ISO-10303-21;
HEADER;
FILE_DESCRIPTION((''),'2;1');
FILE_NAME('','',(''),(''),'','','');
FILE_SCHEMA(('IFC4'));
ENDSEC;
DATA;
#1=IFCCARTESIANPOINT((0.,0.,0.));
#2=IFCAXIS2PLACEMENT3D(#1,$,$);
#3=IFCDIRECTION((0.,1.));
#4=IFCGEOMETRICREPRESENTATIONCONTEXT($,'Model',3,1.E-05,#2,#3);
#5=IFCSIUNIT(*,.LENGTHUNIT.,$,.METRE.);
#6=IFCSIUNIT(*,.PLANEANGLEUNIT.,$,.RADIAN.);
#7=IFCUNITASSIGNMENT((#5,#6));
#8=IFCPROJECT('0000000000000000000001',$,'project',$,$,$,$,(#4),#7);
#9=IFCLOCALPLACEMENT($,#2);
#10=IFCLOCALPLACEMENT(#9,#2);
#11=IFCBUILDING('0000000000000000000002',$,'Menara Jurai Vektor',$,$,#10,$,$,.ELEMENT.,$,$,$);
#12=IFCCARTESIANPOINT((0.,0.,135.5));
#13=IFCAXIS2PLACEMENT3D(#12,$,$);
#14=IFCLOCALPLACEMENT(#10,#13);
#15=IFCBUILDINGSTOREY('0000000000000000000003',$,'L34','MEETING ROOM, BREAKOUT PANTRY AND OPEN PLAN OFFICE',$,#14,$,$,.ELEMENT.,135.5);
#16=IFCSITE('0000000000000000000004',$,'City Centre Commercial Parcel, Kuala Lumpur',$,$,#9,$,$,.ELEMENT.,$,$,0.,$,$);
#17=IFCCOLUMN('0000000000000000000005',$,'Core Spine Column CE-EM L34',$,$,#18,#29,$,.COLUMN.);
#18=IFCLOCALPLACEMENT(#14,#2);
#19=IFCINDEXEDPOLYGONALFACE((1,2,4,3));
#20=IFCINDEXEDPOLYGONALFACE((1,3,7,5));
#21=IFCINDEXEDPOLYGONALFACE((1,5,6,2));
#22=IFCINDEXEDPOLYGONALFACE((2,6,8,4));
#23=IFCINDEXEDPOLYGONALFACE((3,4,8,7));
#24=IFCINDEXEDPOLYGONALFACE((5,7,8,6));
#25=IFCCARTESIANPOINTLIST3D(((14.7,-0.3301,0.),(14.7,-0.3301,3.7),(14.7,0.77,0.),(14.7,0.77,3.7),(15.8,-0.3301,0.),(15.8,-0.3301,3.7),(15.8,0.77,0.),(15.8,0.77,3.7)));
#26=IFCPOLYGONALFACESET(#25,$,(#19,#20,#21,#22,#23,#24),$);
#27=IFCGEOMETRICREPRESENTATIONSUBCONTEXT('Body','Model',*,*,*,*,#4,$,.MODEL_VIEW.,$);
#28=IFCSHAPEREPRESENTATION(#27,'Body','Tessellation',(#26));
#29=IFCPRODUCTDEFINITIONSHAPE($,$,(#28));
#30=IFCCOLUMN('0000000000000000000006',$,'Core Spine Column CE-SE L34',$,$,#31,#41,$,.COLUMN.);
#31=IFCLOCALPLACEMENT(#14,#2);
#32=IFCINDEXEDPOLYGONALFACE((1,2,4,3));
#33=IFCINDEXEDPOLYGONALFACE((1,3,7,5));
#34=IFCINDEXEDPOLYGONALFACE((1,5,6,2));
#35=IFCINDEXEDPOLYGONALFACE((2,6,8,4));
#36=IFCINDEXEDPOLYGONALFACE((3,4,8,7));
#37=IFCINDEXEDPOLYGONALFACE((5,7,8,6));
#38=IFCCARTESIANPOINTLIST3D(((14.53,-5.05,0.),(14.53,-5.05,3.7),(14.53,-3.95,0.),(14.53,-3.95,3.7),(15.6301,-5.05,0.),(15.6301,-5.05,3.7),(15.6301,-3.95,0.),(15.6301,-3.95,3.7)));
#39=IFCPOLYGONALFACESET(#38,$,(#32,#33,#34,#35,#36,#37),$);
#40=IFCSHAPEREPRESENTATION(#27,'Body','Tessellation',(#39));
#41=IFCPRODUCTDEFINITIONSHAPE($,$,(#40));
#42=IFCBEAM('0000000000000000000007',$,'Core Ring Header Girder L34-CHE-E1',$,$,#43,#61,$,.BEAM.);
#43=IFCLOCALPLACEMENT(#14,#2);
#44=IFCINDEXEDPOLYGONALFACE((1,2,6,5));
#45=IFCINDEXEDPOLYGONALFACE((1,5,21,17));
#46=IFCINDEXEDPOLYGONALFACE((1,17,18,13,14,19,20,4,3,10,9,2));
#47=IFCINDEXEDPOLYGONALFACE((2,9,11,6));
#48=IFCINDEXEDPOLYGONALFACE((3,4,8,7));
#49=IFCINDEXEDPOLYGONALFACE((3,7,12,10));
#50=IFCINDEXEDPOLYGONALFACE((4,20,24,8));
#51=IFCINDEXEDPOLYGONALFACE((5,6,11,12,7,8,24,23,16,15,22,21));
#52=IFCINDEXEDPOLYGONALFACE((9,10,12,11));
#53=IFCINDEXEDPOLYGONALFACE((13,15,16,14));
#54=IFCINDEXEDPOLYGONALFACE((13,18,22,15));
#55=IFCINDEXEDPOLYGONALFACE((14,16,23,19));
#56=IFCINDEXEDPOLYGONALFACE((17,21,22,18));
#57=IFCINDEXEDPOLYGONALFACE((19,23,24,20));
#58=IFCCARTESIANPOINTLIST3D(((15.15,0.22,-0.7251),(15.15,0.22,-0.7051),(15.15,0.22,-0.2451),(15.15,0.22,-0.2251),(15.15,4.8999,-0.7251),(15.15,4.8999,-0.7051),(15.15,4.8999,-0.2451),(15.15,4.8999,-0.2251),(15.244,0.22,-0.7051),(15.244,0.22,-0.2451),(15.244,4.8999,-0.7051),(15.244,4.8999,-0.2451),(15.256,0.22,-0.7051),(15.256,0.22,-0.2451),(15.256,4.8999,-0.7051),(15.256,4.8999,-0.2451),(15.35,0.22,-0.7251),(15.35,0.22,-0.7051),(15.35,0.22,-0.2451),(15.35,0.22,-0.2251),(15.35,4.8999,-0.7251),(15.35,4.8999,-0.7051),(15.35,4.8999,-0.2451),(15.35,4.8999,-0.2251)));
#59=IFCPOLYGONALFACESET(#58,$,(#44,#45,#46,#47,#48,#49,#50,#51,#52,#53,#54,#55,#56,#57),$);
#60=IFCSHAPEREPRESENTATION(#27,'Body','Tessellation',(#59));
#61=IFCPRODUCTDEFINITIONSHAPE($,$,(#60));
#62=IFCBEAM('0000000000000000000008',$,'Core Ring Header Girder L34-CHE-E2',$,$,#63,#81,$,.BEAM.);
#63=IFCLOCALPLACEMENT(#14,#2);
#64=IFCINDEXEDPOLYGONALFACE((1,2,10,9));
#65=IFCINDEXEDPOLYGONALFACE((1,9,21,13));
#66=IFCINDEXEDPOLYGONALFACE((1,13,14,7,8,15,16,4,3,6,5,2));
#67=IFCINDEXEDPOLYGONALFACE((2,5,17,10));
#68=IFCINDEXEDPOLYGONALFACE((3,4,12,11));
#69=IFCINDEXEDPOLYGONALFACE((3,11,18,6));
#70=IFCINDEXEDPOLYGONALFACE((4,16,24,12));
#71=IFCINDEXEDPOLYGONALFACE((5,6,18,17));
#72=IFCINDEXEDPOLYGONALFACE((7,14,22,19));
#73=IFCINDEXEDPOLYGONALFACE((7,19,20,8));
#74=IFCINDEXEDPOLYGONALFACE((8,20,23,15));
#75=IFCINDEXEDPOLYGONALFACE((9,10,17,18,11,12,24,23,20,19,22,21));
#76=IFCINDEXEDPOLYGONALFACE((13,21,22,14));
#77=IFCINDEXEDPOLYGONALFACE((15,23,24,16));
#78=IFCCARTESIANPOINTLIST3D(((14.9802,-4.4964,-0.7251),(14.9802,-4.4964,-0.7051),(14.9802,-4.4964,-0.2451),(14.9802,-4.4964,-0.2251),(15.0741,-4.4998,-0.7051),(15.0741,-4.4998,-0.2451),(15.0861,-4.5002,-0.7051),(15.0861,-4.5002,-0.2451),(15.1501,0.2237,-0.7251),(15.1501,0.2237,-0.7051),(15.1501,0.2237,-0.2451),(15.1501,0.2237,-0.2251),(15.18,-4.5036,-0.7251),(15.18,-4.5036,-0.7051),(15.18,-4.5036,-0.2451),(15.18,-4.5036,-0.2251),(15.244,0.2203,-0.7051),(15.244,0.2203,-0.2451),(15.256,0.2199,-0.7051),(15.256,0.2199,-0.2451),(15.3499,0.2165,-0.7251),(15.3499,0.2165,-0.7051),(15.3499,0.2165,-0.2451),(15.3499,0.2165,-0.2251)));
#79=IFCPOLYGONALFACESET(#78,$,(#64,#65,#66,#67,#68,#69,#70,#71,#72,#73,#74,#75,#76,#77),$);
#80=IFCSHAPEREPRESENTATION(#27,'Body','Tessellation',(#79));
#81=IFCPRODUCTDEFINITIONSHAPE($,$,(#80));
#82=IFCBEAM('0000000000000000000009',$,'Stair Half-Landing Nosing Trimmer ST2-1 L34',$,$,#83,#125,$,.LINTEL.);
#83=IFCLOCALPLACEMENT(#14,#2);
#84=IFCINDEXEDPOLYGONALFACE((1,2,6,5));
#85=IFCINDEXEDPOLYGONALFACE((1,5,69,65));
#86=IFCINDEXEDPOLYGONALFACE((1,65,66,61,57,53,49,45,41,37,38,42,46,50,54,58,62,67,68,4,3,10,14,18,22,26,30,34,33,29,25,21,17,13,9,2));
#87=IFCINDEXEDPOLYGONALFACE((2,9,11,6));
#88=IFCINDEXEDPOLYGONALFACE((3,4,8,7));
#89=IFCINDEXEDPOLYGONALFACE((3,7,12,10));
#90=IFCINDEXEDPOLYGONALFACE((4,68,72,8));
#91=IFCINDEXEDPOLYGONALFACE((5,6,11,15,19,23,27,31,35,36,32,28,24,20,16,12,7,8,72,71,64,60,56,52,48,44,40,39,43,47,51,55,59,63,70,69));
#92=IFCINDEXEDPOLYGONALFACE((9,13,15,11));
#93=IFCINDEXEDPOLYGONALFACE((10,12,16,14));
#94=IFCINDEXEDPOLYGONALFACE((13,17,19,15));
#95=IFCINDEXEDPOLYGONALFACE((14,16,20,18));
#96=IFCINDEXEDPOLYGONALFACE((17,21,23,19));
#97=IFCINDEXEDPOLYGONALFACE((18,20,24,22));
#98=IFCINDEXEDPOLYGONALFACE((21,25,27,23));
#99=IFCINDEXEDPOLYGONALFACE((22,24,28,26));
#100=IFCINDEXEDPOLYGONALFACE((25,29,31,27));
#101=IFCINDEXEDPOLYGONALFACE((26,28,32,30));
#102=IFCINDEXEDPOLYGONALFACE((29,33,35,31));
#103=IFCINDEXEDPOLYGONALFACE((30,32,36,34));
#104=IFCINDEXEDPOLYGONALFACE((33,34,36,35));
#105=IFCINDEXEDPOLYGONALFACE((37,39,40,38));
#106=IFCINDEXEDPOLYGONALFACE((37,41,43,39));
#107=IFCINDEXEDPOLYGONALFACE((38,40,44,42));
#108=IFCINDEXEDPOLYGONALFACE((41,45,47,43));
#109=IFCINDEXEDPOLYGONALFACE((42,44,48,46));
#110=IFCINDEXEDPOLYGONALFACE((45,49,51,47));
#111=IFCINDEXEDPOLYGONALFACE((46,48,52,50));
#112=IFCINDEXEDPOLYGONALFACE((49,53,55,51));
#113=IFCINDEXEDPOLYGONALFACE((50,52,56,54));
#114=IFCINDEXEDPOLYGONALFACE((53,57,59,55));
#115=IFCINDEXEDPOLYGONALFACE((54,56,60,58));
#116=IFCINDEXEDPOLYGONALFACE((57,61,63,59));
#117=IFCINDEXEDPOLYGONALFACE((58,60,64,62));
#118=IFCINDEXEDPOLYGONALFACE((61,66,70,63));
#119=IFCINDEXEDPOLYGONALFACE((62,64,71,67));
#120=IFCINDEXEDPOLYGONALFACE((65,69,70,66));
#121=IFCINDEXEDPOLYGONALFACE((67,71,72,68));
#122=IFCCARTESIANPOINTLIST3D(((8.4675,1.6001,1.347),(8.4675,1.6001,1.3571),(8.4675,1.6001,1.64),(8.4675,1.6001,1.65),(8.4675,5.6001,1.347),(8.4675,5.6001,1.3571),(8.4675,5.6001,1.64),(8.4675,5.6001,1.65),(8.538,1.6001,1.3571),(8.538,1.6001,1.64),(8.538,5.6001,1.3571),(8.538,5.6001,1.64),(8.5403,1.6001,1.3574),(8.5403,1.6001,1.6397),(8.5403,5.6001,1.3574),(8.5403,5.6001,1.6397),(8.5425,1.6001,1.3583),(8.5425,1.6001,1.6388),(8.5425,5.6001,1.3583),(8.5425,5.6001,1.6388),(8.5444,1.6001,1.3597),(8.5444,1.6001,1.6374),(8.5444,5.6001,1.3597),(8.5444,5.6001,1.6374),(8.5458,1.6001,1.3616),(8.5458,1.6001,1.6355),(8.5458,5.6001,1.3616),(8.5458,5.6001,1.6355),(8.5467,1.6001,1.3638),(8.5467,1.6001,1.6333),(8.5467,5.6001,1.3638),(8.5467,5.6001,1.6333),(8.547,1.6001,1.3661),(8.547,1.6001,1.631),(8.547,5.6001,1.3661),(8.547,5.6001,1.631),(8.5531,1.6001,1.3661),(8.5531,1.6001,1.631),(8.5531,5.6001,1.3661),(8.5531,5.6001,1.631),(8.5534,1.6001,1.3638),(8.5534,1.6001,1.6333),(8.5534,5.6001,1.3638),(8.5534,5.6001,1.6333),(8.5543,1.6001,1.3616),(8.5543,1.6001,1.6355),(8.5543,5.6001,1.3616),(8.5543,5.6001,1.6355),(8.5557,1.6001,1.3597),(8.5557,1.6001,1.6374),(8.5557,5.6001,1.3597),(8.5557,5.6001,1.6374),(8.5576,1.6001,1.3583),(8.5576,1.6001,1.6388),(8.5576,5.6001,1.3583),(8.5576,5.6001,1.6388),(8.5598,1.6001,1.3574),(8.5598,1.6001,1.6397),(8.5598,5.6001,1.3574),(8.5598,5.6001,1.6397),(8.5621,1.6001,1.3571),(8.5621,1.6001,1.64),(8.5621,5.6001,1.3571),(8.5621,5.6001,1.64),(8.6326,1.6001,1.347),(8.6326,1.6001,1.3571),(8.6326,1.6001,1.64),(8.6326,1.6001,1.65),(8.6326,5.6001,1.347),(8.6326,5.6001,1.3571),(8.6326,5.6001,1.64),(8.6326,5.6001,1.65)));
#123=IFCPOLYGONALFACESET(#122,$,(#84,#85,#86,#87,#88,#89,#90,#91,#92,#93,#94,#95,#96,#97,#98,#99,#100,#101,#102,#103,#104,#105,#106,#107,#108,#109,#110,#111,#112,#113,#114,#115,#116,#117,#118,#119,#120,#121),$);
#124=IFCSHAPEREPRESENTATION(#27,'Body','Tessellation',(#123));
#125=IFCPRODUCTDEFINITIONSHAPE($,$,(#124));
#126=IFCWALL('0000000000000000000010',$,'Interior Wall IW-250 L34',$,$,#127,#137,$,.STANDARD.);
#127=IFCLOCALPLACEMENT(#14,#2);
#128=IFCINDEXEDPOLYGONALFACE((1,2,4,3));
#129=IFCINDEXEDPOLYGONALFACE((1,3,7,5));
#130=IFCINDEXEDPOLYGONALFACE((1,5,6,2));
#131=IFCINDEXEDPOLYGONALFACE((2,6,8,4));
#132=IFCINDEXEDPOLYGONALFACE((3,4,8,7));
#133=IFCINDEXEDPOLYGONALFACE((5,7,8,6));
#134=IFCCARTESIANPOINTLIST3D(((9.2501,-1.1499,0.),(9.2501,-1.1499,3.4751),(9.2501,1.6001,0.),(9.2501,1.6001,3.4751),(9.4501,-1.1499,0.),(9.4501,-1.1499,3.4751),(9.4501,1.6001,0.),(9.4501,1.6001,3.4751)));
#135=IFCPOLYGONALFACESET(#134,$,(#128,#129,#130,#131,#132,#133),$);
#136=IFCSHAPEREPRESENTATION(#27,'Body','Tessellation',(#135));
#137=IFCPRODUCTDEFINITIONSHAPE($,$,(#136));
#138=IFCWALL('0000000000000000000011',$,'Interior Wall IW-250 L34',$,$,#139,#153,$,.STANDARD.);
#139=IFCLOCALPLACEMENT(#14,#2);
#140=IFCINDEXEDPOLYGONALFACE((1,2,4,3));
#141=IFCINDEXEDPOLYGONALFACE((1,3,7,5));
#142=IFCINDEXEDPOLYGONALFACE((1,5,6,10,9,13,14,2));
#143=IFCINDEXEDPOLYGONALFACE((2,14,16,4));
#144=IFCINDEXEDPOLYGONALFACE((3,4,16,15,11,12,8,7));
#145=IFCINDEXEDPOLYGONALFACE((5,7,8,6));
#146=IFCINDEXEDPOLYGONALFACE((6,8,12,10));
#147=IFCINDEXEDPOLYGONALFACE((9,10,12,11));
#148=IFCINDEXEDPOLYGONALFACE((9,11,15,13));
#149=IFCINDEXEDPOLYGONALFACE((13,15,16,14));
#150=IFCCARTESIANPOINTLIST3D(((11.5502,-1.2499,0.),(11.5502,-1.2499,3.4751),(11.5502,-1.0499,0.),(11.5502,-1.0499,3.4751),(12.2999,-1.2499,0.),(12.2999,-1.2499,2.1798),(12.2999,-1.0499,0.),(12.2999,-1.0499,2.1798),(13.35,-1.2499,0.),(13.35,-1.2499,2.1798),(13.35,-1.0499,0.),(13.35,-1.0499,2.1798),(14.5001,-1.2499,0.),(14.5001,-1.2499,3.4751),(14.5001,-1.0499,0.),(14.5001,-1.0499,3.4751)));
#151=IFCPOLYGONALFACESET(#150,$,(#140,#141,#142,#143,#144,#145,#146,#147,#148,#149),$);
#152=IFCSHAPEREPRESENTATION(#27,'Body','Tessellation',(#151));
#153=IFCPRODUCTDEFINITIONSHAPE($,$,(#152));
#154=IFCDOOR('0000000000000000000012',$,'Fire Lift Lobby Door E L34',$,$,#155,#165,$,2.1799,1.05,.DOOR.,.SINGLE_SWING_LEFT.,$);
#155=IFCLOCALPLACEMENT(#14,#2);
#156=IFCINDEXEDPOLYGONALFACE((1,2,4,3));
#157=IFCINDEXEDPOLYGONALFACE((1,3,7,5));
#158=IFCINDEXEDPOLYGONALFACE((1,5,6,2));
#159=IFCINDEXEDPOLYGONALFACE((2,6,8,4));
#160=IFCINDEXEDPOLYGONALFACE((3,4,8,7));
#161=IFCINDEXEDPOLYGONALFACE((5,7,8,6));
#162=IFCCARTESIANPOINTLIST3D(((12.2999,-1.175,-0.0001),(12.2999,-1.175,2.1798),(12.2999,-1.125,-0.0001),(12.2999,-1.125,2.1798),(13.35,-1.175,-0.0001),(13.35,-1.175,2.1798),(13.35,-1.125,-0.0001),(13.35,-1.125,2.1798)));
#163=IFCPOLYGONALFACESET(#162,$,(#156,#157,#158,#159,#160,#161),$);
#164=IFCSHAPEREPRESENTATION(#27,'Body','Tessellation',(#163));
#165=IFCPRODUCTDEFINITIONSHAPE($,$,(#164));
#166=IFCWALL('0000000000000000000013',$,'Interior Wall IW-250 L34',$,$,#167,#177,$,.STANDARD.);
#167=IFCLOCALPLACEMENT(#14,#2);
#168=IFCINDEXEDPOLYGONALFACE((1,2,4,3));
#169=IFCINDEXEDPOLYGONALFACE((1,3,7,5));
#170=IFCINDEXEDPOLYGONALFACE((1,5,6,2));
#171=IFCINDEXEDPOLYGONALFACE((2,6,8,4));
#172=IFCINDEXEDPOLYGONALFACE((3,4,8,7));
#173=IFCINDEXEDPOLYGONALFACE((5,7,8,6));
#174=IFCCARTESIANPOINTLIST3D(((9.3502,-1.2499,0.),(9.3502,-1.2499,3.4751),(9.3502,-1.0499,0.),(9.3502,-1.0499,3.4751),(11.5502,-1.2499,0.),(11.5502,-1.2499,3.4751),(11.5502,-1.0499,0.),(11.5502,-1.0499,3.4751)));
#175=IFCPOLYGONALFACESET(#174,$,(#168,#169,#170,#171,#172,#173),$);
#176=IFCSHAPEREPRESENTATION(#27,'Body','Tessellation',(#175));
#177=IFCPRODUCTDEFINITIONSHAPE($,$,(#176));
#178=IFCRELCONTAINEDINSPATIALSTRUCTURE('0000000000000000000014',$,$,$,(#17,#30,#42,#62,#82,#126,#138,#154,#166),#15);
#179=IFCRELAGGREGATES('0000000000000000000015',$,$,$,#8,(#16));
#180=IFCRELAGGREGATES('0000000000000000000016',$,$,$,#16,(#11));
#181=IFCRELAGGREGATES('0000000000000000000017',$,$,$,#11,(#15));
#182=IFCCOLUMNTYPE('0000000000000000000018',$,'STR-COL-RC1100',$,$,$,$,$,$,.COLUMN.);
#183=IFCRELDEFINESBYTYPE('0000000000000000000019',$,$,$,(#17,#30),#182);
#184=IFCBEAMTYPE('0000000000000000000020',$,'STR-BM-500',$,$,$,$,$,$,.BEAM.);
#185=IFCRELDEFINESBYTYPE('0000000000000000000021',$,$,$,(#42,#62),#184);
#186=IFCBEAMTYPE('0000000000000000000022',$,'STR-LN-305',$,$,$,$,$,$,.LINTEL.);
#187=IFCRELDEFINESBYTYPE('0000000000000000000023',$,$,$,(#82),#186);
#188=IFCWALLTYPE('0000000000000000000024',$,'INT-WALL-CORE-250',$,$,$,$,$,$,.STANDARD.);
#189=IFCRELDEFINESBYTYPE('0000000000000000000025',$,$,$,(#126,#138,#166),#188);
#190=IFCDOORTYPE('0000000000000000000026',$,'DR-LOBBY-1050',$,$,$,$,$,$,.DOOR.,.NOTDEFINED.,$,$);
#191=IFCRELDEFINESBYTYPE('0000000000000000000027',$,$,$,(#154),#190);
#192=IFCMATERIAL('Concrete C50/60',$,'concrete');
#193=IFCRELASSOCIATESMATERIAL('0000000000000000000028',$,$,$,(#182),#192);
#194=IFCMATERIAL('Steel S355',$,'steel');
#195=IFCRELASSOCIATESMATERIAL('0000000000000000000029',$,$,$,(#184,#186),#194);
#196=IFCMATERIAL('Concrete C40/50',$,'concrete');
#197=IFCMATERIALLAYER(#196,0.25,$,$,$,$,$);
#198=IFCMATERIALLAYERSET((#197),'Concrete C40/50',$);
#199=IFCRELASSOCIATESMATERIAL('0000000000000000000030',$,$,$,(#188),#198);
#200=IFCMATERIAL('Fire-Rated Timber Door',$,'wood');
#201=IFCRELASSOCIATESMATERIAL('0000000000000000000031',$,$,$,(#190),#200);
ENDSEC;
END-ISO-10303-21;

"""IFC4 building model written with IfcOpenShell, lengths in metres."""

from ifc_helpers import new_model, si_unit, direction, frame, frame_2d, origin, origin_2d, place, context, subcontext, project, spatial, rectangle, i_section, extrude, material, layer, layer_set, material_profile, profile_set, type_object, element, fill, save


model = new_model("IFC4")

# Units and contexts
model_context = context("Model", 3, precision=1e-05, world=origin(), true_north=direction((0.0, 1.0)))
body_context = subcontext(model_context, "Body", "Model", "MODEL_VIEW")
ifc_project = project(units=[si_unit("LENGTHUNIT", "METRE"), si_unit("PLANEANGLEUNIT", "RADIAN")], contexts=[model_context])

# Site, building, storey
site_placement = place(None, origin())
site = spatial("IfcSite", under=ifc_project, at=site_placement, Name="City Centre Commercial Parcel, Kuala Lumpur", CompositionType="ELEMENT", RefElevation=0.0)
building_placement = place(site_placement, origin())
building = spatial("IfcBuilding", under=site, at=building_placement, Name="Menara Jurai Vektor", CompositionType="ELEMENT")
storey_placement = place(building_placement, frame((0.0, 0.0, 135.5)))
storey = spatial("IfcBuildingStorey", under=building, at=storey_placement, Name="L34", Description="MEETING ROOM, BREAKOUT PANTRY AND OPEN PLAN OFFICE", CompositionType="ELEMENT", Elevation=135.5)

# Columns
ifc_material_1 = material(Name="Concrete C50/60", Category="concrete")
ifc_material_profile_1 = material_profile(ifc_material_1, rectangle(XDim=1.1001, YDim=1.1001, at=origin_2d()), Name="RC 1100x1100")
ifc_profile_set_1 = profile_set([ifc_material_profile_1], Name="Concrete C50/60")
column_type = type_object("IfcColumnType", Name="STR-COL-RC1100", PredefinedType="COLUMN", material=ifc_profile_set_1)
for number, where, z_axis, x_axis, name in (
    (1, (15.25, 0.22, 0.0), (0.0, 0.0, 1.0), (1.0, 0.0, 0.0), "Core Spine Column CE-EM L34"),
    (2, (15.0801, -4.5, 0.0), (0.0, 0.0, 1.0), (1.0, 0.0, 0.0), "Core Spine Column CE-SE L34"),
):
    element("IfcColumn", number, at=place(storey_placement, frame(where, z_axis=z_axis, x_axis=x_axis)), inside=storey, type_object=column_type, Name=name, PredefinedType="COLUMN", context=body_context, shape_type="SweptSolid", body=[
        extrude(rectangle(XDim=1.1001, YDim=1.1001, at=origin_2d()), origin(), (0.0, 0.0, 1.0), 3.7),
    ])

# Beams
ifc_material_2 = material(Name="Steel S355", Category="steel")
ifc_material_profile_2 = material_profile(ifc_material_2, i_section(OverallWidth=0.2, OverallDepth=0.5, WebThickness=0.012, FlangeThickness=0.02, at=origin_2d()), Name="PG 500x200x96")
ifc_profile_set_2 = profile_set([ifc_material_profile_2], Name="Steel S355")
beam_type_1 = type_object("IfcBeamType", Name="STR-BM-500", PredefinedType="BEAM", material=ifc_profile_set_2)
beam_1_placement = place(storey_placement, frame((15.25, 0.22, -0.4751), z_axis=(0.0, 1.0, 0.0), x_axis=(-1.0, 0.0, 0.0)))
element("IfcBeam", 3, at=beam_1_placement, inside=storey, type_object=beam_type_1, Name="Core Ring Header Girder L34-CHE-E1", PredefinedType="BEAM", context=body_context, shape_type="SweptSolid", body=[
    extrude(i_section(OverallWidth=0.2, OverallDepth=0.5, WebThickness=0.012, FlangeThickness=0.02, at=origin_2d()), origin(), (0.0, 0.0, 1.0), 4.6799),
])
beam_2_placement = place(storey_placement, frame((15.0801, -4.5, -0.4751), z_axis=(0.035977, 0.999353, 0.0), x_axis=(-0.999353, 0.035977, 0.0)))
element("IfcBeam", 4, at=beam_2_placement, inside=storey, type_object=beam_type_1, Name="Core Ring Header Girder L34-CHE-E2", PredefinedType="BEAM", context=body_context, shape_type="SweptSolid", body=[
    extrude(i_section(OverallWidth=0.2, OverallDepth=0.5, WebThickness=0.012, FlangeThickness=0.02, at=origin_2d()), origin(), (0.0, 0.0, 1.0), 4.7231),
])
ifc_material_profile_3 = material_profile(ifc_material_2, i_section(OverallWidth=0.165, OverallDepth=0.303, WebThickness=0.0061, FlangeThickness=0.01, FilletRadius=0.009, at=origin_2d()), Name="UKB 305x165x40")
ifc_profile_set_3 = profile_set([ifc_material_profile_3], Name="Steel S355")
beam_type_2 = type_object("IfcBeamType", Name="STR-LN-305", PredefinedType="LINTEL", material=ifc_profile_set_3)
beam_3_placement = place(storey_placement, frame((8.55, 1.6001, 1.4985), z_axis=(0.0, 1.0, 0.0), x_axis=(-1.0, 0.0, 0.0)))
element("IfcBeam", 5, at=beam_3_placement, inside=storey, type_object=beam_type_2, Name="Stair Half-Landing Nosing Trimmer ST2-1 L34", PredefinedType="LINTEL", context=body_context, shape_type="SweptSolid", body=[
    extrude(i_section(OverallWidth=0.165, OverallDepth=0.303, WebThickness=0.0061, FlangeThickness=0.01, FilletRadius=0.009, at=origin_2d()), origin(), (0.0, 0.0, 1.0), 4.0),
])

# Shared definitions
ifc_material_3 = material(Name="Concrete C40/50", Category="concrete")
ifc_layer_1 = layer(ifc_material_3, 0.25)
ifc_layer_set_1 = layer_set([ifc_layer_1], Name="Concrete C40/50")
wall_type_1 = type_object("IfcWallType", Name="INT-WALL-CORE-250", PredefinedType="STANDARD", material=ifc_layer_set_1)

# Wall
wall_1_placement = place(storey_placement, frame((9.3501, -1.1499, 0.0), z_axis=(0.0, 0.0, 1.0), x_axis=(0.0, 1.0, 0.0)))
element("IfcWall", 6, at=wall_1_placement, inside=storey, type_object=wall_type_1, Name="Interior Wall IW-250 L34", PredefinedType="STANDARD", context=body_context, shape_type="SweptSolid", body=[
    extrude(rectangle(XDim=2.75, YDim=0.2, at=frame_2d((1.375, 0.0))), origin(), (0.0, 0.0, 1.0), 3.4751),
])

# Wall, opening, door
wall_2_placement = place(storey_placement, frame((11.55, -1.1499, 0.0), z_axis=(0.0, 0.0, 1.0), x_axis=(1.0, 0.0, 0.0)))
wall_2 = element("IfcWall", 7, at=wall_2_placement, inside=storey, type_object=wall_type_1, Name="Interior Wall IW-250 L34", PredefinedType="STANDARD", context=body_context, shape_type="SweptSolid", body=[
    extrude(rectangle(XDim=2.95, YDim=0.2, at=frame_2d((1.4751, 0.0))), origin(), (0.0, 0.0, 1.0), 3.4751),
])
opening_1_placement = place(wall_2_placement, frame((0.75, 0.0, 0.0)))
opening_1 = element("IfcOpeningElement", 8, at=opening_1_placement, cuts=wall_2, PredefinedType="OPENING", context=body_context, shape_type="SweptSolid", body=[
    extrude(rectangle(XDim=1.05, YDim=2.1799, at=frame_2d((0.5249, 1.0898))), frame((0.0, 0.1099, 0.0), z_axis=(0.0, -1.0, 0.0), x_axis=(1.0, 0.0, 0.0)), (0.0, 0.0, 1.0), 0.22),
])
ifc_material_4 = material(Name="Fire-Rated Timber Door", Category="wood")
door_type_1 = type_object("IfcDoorType", Name="DR-LOBBY-1050", OperationType="NOTDEFINED", PredefinedType="DOOR", material=ifc_material_4)
door_1_placement = place(opening_1_placement, origin())
door_1 = element("IfcDoor", 9, at=door_1_placement, inside=storey, type_object=door_type_1, Name="Fire Lift Lobby Door E L34", OperationType="SINGLE_SWING_LEFT", OverallHeight=2.1799, OverallWidth=1.05, PredefinedType="DOOR", context=body_context, shape_type="SweptSolid", body=[
    extrude(rectangle(XDim=1.05, YDim=2.1799, at=frame_2d((0.5249, 1.0898))), frame((0.0, 0.0249, 0.0), z_axis=(0.0, -1.0, 0.0), x_axis=(1.0, 0.0, 0.0)), (0.0, 0.0, 1.0), 0.05),
])
fill(opening_1, door_1)

# Wall
wall_3_placement = place(storey_placement, frame((9.3501, -1.1499, 0.0), z_axis=(0.0, 0.0, 1.0), x_axis=(1.0, 0.0, 0.0)))
element("IfcWall", 10, at=wall_3_placement, inside=storey, type_object=wall_type_1, Name="Interior Wall IW-250 L34", PredefinedType="STANDARD", context=body_context, shape_type="SweptSolid", body=[
    extrude(rectangle(XDim=2.2, YDim=0.2, at=frame_2d((1.1001, 0.0))), origin(), (0.0, 0.0, 1.0), 3.4751),
])

save(model, "model.ifc")
